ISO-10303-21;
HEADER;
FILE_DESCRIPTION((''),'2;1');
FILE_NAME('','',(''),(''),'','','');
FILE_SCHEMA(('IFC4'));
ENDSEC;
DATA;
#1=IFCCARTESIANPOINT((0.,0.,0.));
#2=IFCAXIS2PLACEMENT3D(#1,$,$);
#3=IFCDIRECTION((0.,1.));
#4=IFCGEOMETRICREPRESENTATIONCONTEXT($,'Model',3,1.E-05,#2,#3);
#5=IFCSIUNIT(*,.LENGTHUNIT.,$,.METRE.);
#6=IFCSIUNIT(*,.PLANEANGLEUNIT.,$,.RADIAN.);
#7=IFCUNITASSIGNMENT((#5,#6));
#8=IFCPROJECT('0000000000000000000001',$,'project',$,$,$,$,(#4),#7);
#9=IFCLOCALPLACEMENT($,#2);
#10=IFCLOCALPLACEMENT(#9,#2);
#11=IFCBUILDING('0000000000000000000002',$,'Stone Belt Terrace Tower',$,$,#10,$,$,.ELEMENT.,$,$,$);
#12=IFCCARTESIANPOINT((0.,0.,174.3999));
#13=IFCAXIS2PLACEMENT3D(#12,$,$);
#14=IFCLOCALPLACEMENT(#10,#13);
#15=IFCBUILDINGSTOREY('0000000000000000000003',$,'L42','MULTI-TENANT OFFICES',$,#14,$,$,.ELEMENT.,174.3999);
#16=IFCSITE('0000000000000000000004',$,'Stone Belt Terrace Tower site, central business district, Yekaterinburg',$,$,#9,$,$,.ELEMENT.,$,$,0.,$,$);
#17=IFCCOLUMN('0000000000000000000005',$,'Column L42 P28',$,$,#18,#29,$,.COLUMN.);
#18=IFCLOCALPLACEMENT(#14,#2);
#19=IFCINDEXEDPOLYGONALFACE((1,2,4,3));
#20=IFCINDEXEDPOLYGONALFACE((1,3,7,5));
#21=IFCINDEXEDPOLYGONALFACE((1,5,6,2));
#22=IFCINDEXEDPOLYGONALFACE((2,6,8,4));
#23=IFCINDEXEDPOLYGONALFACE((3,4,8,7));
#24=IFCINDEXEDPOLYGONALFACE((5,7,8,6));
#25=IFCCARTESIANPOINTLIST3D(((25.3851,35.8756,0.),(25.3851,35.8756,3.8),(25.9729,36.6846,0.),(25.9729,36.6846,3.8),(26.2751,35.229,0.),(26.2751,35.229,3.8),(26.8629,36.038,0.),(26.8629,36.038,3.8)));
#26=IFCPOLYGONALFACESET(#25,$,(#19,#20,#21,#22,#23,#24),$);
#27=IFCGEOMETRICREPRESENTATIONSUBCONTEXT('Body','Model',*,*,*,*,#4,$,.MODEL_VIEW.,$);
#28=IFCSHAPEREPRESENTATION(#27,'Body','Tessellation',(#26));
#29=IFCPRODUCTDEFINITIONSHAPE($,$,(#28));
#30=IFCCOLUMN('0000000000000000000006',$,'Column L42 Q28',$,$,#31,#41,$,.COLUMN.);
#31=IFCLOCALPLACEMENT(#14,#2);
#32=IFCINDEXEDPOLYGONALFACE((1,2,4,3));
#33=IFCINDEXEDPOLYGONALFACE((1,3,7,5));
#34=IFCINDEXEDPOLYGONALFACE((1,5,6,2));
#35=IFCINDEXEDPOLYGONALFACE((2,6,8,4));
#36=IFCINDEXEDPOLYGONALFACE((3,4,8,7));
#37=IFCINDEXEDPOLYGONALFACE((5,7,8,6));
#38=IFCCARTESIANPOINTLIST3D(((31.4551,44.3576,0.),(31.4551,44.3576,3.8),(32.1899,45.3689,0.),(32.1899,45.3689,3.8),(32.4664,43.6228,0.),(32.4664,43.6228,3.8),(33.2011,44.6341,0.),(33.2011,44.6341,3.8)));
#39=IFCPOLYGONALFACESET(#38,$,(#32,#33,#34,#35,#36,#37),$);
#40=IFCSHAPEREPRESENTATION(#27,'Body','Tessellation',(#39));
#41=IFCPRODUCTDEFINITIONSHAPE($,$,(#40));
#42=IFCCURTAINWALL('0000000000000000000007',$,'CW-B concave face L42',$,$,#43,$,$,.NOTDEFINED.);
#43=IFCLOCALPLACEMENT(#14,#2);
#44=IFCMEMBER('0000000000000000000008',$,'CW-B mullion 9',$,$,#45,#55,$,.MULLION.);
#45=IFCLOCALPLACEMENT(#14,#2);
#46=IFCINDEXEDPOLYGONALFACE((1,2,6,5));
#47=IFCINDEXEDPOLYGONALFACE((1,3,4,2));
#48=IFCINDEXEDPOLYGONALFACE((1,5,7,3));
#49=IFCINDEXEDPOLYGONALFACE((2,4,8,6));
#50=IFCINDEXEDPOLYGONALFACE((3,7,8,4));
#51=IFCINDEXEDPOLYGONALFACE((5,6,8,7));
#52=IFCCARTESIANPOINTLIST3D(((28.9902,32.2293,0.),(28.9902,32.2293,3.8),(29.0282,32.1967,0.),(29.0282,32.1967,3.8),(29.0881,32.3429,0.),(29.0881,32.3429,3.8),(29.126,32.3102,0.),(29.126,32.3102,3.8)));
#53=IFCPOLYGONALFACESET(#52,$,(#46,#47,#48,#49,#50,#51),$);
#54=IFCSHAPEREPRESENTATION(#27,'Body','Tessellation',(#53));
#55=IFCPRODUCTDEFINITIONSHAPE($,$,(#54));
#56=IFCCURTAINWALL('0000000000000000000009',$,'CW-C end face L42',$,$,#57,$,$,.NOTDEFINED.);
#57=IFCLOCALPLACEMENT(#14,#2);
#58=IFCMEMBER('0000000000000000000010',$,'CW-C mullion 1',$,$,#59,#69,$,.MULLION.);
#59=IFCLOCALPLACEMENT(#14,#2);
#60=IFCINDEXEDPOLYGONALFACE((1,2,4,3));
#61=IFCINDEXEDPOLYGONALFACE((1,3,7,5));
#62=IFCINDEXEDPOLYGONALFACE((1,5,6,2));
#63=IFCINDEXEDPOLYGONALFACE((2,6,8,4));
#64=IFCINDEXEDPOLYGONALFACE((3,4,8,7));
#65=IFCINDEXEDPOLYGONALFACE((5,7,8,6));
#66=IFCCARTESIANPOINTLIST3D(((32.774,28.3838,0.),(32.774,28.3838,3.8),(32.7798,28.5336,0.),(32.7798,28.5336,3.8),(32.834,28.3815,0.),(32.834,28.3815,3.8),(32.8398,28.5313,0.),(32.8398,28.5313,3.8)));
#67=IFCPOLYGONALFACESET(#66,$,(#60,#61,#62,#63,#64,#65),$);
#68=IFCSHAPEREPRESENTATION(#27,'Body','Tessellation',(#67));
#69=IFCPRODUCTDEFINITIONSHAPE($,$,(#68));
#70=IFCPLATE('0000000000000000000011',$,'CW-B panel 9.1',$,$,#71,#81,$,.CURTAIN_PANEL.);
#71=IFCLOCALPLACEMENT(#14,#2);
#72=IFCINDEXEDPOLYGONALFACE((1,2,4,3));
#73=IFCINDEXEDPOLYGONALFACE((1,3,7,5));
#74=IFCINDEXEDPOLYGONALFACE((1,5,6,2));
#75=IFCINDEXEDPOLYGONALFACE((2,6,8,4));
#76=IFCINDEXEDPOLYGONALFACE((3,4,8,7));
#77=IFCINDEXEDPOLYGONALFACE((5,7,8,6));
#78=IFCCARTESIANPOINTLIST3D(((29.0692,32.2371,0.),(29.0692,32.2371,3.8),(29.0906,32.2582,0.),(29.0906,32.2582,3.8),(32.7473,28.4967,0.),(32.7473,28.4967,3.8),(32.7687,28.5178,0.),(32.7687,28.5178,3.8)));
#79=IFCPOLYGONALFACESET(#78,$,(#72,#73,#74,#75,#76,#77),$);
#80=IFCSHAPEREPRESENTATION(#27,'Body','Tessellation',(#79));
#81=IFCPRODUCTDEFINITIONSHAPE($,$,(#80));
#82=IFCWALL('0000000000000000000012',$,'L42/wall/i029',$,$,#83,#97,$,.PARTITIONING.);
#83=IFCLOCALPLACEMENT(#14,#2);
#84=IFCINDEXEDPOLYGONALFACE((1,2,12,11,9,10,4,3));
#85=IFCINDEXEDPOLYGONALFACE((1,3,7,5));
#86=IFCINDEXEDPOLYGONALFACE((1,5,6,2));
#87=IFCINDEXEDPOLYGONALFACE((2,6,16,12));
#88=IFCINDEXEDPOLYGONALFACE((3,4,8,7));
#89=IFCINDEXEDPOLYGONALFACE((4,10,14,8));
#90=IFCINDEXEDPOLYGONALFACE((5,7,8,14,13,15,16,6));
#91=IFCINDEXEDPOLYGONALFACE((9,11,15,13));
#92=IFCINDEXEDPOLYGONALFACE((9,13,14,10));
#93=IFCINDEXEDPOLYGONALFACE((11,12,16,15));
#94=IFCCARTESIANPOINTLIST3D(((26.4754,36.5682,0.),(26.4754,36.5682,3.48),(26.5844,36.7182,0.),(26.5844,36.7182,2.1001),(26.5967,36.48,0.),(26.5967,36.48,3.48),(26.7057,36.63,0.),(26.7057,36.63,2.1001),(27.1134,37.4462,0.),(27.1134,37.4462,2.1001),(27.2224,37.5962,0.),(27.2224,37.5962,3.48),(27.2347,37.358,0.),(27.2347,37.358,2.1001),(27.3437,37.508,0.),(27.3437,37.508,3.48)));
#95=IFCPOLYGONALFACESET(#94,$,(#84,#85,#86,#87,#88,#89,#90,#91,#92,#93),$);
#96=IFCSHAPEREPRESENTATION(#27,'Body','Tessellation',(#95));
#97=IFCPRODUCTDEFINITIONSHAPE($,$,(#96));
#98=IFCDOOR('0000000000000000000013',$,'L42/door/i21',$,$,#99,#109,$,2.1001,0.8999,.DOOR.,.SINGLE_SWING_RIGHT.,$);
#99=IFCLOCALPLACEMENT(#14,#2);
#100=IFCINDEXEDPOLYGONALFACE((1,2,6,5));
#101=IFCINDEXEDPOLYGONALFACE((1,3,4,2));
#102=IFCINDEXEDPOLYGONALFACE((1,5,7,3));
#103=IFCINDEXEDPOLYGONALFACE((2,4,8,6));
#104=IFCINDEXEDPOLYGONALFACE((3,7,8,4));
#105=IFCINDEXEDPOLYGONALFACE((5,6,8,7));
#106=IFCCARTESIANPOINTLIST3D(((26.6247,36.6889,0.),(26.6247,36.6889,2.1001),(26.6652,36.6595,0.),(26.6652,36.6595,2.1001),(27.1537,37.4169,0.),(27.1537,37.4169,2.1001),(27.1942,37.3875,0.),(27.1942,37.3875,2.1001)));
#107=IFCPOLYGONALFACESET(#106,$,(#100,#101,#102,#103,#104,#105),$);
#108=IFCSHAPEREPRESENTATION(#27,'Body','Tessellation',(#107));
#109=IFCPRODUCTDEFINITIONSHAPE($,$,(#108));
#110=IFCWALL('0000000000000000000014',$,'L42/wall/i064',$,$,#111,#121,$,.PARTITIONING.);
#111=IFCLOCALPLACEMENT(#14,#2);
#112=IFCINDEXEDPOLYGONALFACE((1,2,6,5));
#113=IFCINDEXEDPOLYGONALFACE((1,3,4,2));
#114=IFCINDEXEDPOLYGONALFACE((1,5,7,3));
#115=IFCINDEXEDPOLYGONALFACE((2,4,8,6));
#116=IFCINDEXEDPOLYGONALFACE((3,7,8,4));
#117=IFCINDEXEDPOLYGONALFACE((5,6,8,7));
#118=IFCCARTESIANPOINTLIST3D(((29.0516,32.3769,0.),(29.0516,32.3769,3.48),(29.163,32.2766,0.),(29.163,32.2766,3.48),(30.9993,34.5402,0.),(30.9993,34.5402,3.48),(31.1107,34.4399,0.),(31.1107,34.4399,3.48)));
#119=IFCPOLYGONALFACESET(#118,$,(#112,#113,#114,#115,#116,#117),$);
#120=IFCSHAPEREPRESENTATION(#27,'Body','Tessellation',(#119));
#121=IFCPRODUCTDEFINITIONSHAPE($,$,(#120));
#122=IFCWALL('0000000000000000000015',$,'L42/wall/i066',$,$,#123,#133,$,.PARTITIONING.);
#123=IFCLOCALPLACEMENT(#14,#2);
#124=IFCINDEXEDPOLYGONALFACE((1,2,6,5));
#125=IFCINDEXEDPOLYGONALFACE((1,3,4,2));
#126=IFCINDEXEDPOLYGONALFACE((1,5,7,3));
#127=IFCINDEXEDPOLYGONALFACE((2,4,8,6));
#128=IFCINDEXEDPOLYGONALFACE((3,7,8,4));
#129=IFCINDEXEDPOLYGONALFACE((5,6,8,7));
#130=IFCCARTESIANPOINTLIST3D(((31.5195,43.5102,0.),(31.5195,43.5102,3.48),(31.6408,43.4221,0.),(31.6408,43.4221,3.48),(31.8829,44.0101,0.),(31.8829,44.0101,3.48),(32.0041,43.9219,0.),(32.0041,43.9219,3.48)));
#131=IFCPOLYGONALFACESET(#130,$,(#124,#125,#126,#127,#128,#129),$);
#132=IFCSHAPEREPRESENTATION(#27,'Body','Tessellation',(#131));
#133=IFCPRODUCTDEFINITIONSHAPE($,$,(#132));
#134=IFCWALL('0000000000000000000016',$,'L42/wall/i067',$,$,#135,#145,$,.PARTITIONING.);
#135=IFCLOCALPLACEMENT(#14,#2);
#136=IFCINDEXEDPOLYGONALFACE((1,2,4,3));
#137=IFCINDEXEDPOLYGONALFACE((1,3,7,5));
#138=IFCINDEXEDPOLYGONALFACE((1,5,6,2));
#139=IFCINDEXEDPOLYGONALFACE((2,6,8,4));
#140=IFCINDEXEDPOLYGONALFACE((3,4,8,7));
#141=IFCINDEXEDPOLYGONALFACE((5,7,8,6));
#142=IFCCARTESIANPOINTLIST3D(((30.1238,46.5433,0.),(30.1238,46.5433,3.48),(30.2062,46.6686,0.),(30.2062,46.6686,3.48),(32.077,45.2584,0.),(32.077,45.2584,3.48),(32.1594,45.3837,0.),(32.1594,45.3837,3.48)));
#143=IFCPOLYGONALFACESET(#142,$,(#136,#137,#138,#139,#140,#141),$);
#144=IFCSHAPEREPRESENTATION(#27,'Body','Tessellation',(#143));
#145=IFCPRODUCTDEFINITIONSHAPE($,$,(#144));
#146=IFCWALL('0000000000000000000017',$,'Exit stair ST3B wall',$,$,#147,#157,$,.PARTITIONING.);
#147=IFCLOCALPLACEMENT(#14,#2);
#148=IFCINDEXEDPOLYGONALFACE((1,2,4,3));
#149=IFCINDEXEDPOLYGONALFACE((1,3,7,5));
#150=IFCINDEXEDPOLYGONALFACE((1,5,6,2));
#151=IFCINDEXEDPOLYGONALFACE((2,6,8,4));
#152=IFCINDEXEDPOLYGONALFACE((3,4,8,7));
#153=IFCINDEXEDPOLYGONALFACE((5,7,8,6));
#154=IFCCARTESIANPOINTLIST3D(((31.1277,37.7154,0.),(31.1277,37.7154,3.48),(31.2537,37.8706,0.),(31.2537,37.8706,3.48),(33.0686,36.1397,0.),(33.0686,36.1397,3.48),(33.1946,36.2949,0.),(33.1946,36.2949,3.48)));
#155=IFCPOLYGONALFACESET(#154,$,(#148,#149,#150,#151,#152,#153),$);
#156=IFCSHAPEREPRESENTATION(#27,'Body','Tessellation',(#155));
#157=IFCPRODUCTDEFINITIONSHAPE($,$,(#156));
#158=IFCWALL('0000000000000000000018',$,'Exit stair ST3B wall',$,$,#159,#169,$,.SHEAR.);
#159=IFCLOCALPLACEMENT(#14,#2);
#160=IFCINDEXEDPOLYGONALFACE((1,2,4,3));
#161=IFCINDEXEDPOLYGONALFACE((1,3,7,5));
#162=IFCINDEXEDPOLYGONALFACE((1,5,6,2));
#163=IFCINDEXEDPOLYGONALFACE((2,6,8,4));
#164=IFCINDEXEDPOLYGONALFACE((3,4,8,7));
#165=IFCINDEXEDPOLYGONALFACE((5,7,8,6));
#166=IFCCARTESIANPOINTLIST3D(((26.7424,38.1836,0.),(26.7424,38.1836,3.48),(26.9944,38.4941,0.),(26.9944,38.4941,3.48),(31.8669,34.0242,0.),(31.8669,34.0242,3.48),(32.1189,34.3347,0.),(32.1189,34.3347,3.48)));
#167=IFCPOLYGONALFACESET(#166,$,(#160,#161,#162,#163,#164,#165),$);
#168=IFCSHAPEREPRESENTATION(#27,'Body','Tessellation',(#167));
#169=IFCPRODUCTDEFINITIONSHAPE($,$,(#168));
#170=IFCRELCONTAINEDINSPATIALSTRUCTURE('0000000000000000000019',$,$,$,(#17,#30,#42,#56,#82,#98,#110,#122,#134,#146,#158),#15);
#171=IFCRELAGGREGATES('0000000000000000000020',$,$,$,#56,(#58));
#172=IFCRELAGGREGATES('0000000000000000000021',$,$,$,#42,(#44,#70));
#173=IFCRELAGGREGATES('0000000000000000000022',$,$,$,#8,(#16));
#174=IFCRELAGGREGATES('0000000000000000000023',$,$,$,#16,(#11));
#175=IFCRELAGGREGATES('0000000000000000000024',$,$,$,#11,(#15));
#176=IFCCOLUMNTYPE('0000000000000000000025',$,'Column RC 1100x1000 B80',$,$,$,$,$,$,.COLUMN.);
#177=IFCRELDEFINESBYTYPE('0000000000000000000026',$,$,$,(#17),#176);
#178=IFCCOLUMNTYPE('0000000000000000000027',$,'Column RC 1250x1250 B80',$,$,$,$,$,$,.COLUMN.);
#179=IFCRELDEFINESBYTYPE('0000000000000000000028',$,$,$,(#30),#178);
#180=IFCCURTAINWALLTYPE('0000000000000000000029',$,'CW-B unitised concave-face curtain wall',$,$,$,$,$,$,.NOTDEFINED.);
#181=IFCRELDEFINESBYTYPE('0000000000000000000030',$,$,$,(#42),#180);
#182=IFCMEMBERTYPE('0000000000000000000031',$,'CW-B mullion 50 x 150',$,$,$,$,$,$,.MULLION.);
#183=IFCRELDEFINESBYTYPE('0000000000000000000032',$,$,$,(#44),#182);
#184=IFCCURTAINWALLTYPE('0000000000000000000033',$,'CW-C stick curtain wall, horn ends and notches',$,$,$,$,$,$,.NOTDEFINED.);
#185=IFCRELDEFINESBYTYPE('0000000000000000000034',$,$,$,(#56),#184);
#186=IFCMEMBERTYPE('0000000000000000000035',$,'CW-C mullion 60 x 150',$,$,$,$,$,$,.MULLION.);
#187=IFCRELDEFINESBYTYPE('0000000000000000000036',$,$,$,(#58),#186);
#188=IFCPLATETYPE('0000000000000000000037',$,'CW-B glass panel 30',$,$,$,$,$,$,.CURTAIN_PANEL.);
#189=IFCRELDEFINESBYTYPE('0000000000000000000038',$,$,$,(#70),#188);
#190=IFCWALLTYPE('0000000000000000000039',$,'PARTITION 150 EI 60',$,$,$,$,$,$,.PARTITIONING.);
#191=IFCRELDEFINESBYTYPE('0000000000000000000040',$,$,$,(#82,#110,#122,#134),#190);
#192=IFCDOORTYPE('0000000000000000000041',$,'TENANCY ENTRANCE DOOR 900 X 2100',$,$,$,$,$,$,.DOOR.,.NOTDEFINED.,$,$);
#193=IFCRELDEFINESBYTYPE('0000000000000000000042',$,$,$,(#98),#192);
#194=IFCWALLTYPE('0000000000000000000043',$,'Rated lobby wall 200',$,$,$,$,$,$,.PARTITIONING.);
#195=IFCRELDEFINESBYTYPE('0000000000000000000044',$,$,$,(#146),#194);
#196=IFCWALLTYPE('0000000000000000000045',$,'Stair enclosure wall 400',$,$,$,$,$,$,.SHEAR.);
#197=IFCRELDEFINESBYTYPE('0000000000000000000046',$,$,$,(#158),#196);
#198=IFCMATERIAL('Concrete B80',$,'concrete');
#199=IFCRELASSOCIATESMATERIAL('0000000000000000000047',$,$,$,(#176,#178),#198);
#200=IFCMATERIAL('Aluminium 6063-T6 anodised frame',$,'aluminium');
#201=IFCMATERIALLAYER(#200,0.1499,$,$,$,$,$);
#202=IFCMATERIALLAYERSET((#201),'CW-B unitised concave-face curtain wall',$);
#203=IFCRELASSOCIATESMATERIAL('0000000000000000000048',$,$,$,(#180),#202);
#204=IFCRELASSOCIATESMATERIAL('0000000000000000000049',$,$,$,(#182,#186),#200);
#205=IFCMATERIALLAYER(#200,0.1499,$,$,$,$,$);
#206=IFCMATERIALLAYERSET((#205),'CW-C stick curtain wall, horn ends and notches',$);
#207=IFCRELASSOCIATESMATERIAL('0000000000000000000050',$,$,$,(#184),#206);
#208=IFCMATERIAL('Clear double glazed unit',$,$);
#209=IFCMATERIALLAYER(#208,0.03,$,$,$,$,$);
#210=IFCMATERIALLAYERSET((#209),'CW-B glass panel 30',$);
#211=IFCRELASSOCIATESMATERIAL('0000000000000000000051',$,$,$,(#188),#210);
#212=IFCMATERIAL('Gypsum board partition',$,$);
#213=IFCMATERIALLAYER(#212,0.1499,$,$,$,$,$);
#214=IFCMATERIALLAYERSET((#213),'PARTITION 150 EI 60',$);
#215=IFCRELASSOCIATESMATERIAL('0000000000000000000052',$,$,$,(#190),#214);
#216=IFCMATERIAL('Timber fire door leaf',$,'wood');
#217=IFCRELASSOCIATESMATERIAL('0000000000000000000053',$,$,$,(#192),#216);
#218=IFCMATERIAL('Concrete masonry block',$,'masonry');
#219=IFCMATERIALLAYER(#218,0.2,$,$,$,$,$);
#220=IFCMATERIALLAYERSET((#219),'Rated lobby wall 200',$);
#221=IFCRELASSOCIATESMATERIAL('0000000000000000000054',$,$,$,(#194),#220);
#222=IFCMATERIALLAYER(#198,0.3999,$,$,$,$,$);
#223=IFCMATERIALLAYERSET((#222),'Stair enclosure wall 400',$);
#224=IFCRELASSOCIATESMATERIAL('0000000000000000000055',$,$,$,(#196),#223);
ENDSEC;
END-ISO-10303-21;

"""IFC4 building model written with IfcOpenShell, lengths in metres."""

from ifc_helpers import new_model, si_unit, direction, frame, frame_2d, origin, origin_2d, place, context, subcontext, project, spatial, rectangle, extrude, material, layer, layer_set, material_profile, profile_set, type_object, element, fill, aggregate, save


model = new_model("IFC4")

# Units and contexts
model_context = context("Model", 3, precision=1e-05, world=origin(), true_north=direction((0.0, 1.0)))
body_context = subcontext(model_context, "Body", "Model", "MODEL_VIEW")
ifc_project = project(units=[si_unit("LENGTHUNIT", "METRE"), si_unit("PLANEANGLEUNIT", "RADIAN")], contexts=[model_context])

# Site, building, storey
site_placement = place(None, origin())
site = spatial("IfcSite", under=ifc_project, at=site_placement, Name="Stone Belt Terrace Tower site, central business district, Yekaterinburg", CompositionType="ELEMENT", RefElevation=0.0)
building_placement = place(site_placement, origin())
building = spatial("IfcBuilding", under=site, at=building_placement, Name="Stone Belt Terrace Tower", CompositionType="ELEMENT")
storey_placement = place(building_placement, frame((0.0, 0.0, 174.3999)))
storey = spatial("IfcBuildingStorey", under=building, at=storey_placement, Name="L42", Description="MULTI-TENANT OFFICES", CompositionType="ELEMENT", Elevation=174.3999)

# Columns
ifc_material_1 = material(Name="Concrete B80", Category="concrete")
ifc_material_profile_1 = material_profile(ifc_material_1, rectangle(XDim=1.1001, YDim=1.0, at=origin_2d()), Name="RC 1100x1000")
ifc_profile_set_1 = profile_set([ifc_material_profile_1], Name="Concrete B80")
column_type_1 = type_object("IfcColumnType", Name="Column RC 1100x1000 B80", PredefinedType="COLUMN", material=ifc_profile_set_1)
column_1_placement = place(storey_placement, frame((26.124, 35.9568, 0.0), z_axis=(0.0, 0.0, 1.0), x_axis=(0.809017, -0.587785, 0.0)))
element("IfcColumn", 1, at=column_1_placement, inside=storey, type_object=column_type_1, Name="Column L42 P28", PredefinedType="COLUMN", context=body_context, shape_type="SweptSolid", body=[
    extrude(rectangle(XDim=1.1001, YDim=1.0, at=origin_2d()), origin(), (0.0, 0.0, 1.0), 3.8),
])
ifc_material_profile_2 = material_profile(ifc_material_1, rectangle(XDim=1.25, YDim=1.25, at=origin_2d()), Name="RC 1250x1250")
ifc_profile_set_2 = profile_set([ifc_material_profile_2], Name="Concrete B80")
column_type_2 = type_object("IfcColumnType", Name="Column RC 1250x1250 B80", PredefinedType="COLUMN", material=ifc_profile_set_2)
column_2_placement = place(storey_placement, frame((32.3281, 44.4958, 0.0), z_axis=(0.0, 0.0, 1.0), x_axis=(0.809017, -0.587785, 0.0)))
element("IfcColumn", 2, at=column_2_placement, inside=storey, type_object=column_type_2, Name="Column L42 Q28", PredefinedType="COLUMN", context=body_context, shape_type="SweptSolid", body=[
    extrude(rectangle(XDim=1.25, YDim=1.25, at=origin_2d()), origin(), (0.0, 0.0, 1.0), 3.8),
])

# Curtain walls, members
ifc_material_2 = material(Name="Aluminium 6063-T6 anodised frame", Category="aluminium")
ifc_layer_1 = layer(ifc_material_2, 0.1499)
ifc_layer_set_1 = layer_set([ifc_layer_1], Name="CW-B unitised concave-face curtain wall")
curtain_wall_type_1 = type_object("IfcCurtainWallType", Name="CW-B unitised concave-face curtain wall", PredefinedType="NOTDEFINED", material=ifc_layer_set_1)
curtain_wall_1_placement = place(storey_placement, origin())
curtain_wall_1 = element("IfcCurtainWall", 3, at=curtain_wall_1_placement, inside=storey, type_object=curtain_wall_type_1, Name="CW-B concave face L42", PredefinedType="NOTDEFINED")
ifc_material_profile_3 = material_profile(ifc_material_2, rectangle(XDim=0.1499, YDim=0.05, at=origin_2d()), Name="Aluminium 6063-T6 50x150")
ifc_profile_set_3 = profile_set([ifc_material_profile_3], Name="Aluminium 6063-T6 anodised frame")
member_type_1 = type_object("IfcMemberType", Name="CW-B mullion 50 x 150", PredefinedType="MULLION", material=ifc_profile_set_3)
member_1_placement = place(storey_placement, frame((29.0581, 32.2698, 0.0), z_axis=(0.0, 0.0, 1.0), x_axis=(0.652634, 0.757674, 0.0)))
member_1 = element("IfcMember", 4, at=member_1_placement, type_object=member_type_1, Name="CW-B mullion 9", PredefinedType="MULLION", context=body_context, shape_type="SweptSolid", body=[
    extrude(rectangle(XDim=0.1499, YDim=0.05, at=origin_2d()), origin(), (0.0, 0.0, 1.0), 3.8),
])
ifc_layer_2 = layer(ifc_material_2, 0.1499)
ifc_layer_set_2 = layer_set([ifc_layer_2], Name="CW-C stick curtain wall, horn ends and notches")
curtain_wall_type_2 = type_object("IfcCurtainWallType", Name="CW-C stick curtain wall, horn ends and notches", PredefinedType="NOTDEFINED", material=ifc_layer_set_2)
curtain_wall_2_placement = place(storey_placement, origin())
curtain_wall_2 = element("IfcCurtainWall", 5, at=curtain_wall_2_placement, inside=storey, type_object=curtain_wall_type_2, Name="CW-C end face L42", PredefinedType="NOTDEFINED")
ifc_material_profile_4 = material_profile(ifc_material_2, rectangle(XDim=0.1499, YDim=0.0601, at=origin_2d()), Name="Aluminium 6063-T6 60x150")
ifc_profile_set_4 = profile_set([ifc_material_profile_4], Name="Aluminium 6063-T6 anodised frame")
member_type_2 = type_object("IfcMemberType", Name="CW-C mullion 60 x 150", PredefinedType="MULLION", material=ifc_profile_set_4)
member_2_placement = place(storey_placement, frame((32.8069, 28.4575, 0.0), z_axis=(0.0, 0.0, 1.0), x_axis=(0.038761, 0.999249, 0.0)))
member_2 = element("IfcMember", 6, at=member_2_placement, type_object=member_type_2, Name="CW-C mullion 1", PredefinedType="MULLION", context=body_context, shape_type="SweptSolid", body=[
    extrude(rectangle(XDim=0.1499, YDim=0.0601, at=origin_2d()), origin(), (0.0, 0.0, 1.0), 3.8),
])
aggregate(curtain_wall_2, [member_2])

# Plate
ifc_material_3 = material(Name="Clear double glazed unit")
ifc_layer_3 = layer(ifc_material_3, 0.03)
ifc_layer_set_3 = layer_set([ifc_layer_3], Name="CW-B glass panel 30")
plate_type = type_object("IfcPlateType", Name="CW-B glass panel 30", PredefinedType="CURTAIN_PANEL", material=ifc_layer_set_3)
plate_placement = place(storey_placement, frame((30.9189, 30.3774, 0.0), z_axis=(0.0, 0.0, 1.0), x_axis=(0.701147, -0.713017, 0.0)))
plate = element("IfcPlate", 7, at=plate_placement, type_object=plate_type, Name="CW-B panel 9.1", PredefinedType="CURTAIN_PANEL", context=body_context, shape_type="SweptSolid", body=[
    extrude(rectangle(XDim=5.2458, YDim=0.03, at=origin_2d()), origin(), (0.0, 0.0, 1.0), 3.8),
])
aggregate(curtain_wall_1, [member_1, plate])

# Wall, opening, door
ifc_material_4 = material(Name="Gypsum board partition")
ifc_layer_4 = layer(ifc_material_4, 0.1499)
ifc_layer_set_4 = layer_set([ifc_layer_4], Name="PARTITION 150 EI 60")
wall_type_1 = type_object("IfcWallType", Name="PARTITION 150 EI 60", PredefinedType="PARTITIONING", material=ifc_layer_set_4)
wall_1_placement = place(storey_placement, frame((27.283, 37.552, 0.0), z_axis=(0.0, 0.0, 1.0), x_axis=(-0.587852, -0.808969, 0.0)))
wall_1 = element("IfcWall", 8, at=wall_1_placement, inside=storey, type_object=wall_type_1, Name="L42/wall/i029", PredefinedType="PARTITIONING", context=body_context, shape_type="SweptSolid", body=[
    extrude(rectangle(XDim=1.2708, YDim=0.1499, at=frame_2d((0.6353, 0.0))), origin(), (0.0, 0.0, 1.0), 3.48),
])
opening_1_placement = place(wall_1_placement, frame((0.1853, 0.0, 0.0)))
opening_1 = element("IfcOpeningElement", 9, at=opening_1_placement, cuts=wall_1, PredefinedType="OPENING", context=body_context, shape_type="SweptSolid", body=[
    extrude(rectangle(XDim=0.8999, YDim=2.1001, at=frame_2d((0.45, 1.05))), frame((0.0, 0.085, 0.0), z_axis=(0.0, -1.0, 0.0), x_axis=(1.0, 0.0, 0.0)), (0.0, 0.0, 1.0), 0.1699),
])
ifc_material_5 = material(Name="Timber fire door leaf", Category="wood")
door_type_1 = type_object("IfcDoorType", Name="TENANCY ENTRANCE DOOR 900 X 2100", OperationType="NOTDEFINED", PredefinedType="DOOR", material=ifc_material_5)
door_1_placement = place(opening_1_placement, origin())
door_1 = element("IfcDoor", 10, at=door_1_placement, inside=storey, type_object=door_type_1, Name="L42/door/i21", OperationType="SINGLE_SWING_RIGHT", OverallHeight=2.1001, OverallWidth=0.8999, PredefinedType="DOOR", context=body_context, shape_type="SweptSolid", body=[
    extrude(rectangle(XDim=0.8999, YDim=2.1001, at=frame_2d((0.45, 1.05))), frame((0.0, 0.0249, 0.0), z_axis=(0.0, -1.0, 0.0), x_axis=(1.0, 0.0, 0.0)), (0.0, 0.0, 1.0), 0.05),
])
fill(opening_1, door_1)

# Walls
wall_2_placement = place(storey_placement, frame((29.1072, 32.3267, 0.0), z_axis=(0.0, 0.0, 1.0), x_axis=(0.669108, 0.743165, 0.0)))
element("IfcWall", 11, at=wall_2_placement, inside=storey, type_object=wall_type_1, Name="L42/wall/i064", PredefinedType="PARTITIONING", context=body_context, shape_type="SweptSolid", body=[
    extrude(rectangle(XDim=2.9109, YDim=0.1499, at=frame_2d((1.4556, 0.0))), origin(), (0.0, 0.0, 1.0), 3.48),
])
wall_3_placement = place(storey_placement, frame((31.5801, 43.4661, 0.0), z_axis=(0.0, 0.0, 1.0), x_axis=(0.587984, 0.808873, 0.0)))
element("IfcWall", 12, at=wall_3_placement, inside=storey, type_object=wall_type_1, Name="L42/wall/i066", PredefinedType="PARTITIONING", context=body_context, shape_type="SweptSolid", body=[
    extrude(rectangle(XDim=0.6179, YDim=0.1499, at=frame_2d((0.3091, 0.0))), origin(), (0.0, 0.0, 1.0), 3.48),
])
wall_4_placement = place(storey_placement, frame((32.1182, 45.321, 0.0), z_axis=(0.0, 0.0, 1.0), x_axis=(-0.835425, 0.549605, 0.0)))
element("IfcWall", 13, at=wall_4_placement, inside=storey, type_object=wall_type_1, Name="L42/wall/i067", PredefinedType="PARTITIONING", context=body_context, shape_type="SweptSolid", body=[
    extrude(rectangle(XDim=2.3379, YDim=0.1499, at=frame_2d((1.1689, 0.0))), origin(), (0.0, 0.0, 1.0), 3.48),
])
ifc_material_6 = material(Name="Concrete masonry block", Category="masonry")
ifc_layer_5 = layer(ifc_material_6, 0.2)
ifc_layer_set_5 = layer_set([ifc_layer_5], Name="Rated lobby wall 200")
wall_type_2 = type_object("IfcWallType", Name="Rated lobby wall 200", PredefinedType="PARTITIONING", material=ifc_layer_set_5)
wall_5_placement = place(storey_placement, frame((31.1907, 37.793, 0.0), z_axis=(0.0, 0.0, 1.0), x_axis=(0.776371, -0.630276, 0.0)))
element("IfcWall", 14, at=wall_5_placement, inside=storey, type_object=wall_type_2, Name="Exit stair ST3B wall", PredefinedType="PARTITIONING", context=body_context, shape_type="SweptSolid", body=[
    extrude(rectangle(XDim=2.5, YDim=0.2, at=frame_2d((1.25, 0.0))), origin(), (0.0, 0.0, 1.0), 3.48),
])
ifc_layer_6 = layer(ifc_material_1, 0.3999)
ifc_layer_set_6 = layer_set([ifc_layer_6], Name="Stair enclosure wall 400")
wall_type_3 = type_object("IfcWallType", Name="Stair enclosure wall 400", PredefinedType="SHEAR", material=ifc_layer_set_6)
wall_6_placement = place(storey_placement, frame((26.8684, 38.3389, 0.0), z_axis=(0.0, 0.0, 1.0), x_axis=(0.776428, -0.630205, 0.0)))
element("IfcWall", 15, at=wall_6_placement, inside=storey, type_object=wall_type_3, Name="Exit stair ST3B wall", PredefinedType="SHEAR", context=body_context, shape_type="SweptSolid", body=[
    extrude(rectangle(XDim=6.6001, YDim=0.3999, at=frame_2d((3.3, 0.0))), origin(), (0.0, 0.0, 1.0), 3.48),
])

save(model, "model.ifc")
